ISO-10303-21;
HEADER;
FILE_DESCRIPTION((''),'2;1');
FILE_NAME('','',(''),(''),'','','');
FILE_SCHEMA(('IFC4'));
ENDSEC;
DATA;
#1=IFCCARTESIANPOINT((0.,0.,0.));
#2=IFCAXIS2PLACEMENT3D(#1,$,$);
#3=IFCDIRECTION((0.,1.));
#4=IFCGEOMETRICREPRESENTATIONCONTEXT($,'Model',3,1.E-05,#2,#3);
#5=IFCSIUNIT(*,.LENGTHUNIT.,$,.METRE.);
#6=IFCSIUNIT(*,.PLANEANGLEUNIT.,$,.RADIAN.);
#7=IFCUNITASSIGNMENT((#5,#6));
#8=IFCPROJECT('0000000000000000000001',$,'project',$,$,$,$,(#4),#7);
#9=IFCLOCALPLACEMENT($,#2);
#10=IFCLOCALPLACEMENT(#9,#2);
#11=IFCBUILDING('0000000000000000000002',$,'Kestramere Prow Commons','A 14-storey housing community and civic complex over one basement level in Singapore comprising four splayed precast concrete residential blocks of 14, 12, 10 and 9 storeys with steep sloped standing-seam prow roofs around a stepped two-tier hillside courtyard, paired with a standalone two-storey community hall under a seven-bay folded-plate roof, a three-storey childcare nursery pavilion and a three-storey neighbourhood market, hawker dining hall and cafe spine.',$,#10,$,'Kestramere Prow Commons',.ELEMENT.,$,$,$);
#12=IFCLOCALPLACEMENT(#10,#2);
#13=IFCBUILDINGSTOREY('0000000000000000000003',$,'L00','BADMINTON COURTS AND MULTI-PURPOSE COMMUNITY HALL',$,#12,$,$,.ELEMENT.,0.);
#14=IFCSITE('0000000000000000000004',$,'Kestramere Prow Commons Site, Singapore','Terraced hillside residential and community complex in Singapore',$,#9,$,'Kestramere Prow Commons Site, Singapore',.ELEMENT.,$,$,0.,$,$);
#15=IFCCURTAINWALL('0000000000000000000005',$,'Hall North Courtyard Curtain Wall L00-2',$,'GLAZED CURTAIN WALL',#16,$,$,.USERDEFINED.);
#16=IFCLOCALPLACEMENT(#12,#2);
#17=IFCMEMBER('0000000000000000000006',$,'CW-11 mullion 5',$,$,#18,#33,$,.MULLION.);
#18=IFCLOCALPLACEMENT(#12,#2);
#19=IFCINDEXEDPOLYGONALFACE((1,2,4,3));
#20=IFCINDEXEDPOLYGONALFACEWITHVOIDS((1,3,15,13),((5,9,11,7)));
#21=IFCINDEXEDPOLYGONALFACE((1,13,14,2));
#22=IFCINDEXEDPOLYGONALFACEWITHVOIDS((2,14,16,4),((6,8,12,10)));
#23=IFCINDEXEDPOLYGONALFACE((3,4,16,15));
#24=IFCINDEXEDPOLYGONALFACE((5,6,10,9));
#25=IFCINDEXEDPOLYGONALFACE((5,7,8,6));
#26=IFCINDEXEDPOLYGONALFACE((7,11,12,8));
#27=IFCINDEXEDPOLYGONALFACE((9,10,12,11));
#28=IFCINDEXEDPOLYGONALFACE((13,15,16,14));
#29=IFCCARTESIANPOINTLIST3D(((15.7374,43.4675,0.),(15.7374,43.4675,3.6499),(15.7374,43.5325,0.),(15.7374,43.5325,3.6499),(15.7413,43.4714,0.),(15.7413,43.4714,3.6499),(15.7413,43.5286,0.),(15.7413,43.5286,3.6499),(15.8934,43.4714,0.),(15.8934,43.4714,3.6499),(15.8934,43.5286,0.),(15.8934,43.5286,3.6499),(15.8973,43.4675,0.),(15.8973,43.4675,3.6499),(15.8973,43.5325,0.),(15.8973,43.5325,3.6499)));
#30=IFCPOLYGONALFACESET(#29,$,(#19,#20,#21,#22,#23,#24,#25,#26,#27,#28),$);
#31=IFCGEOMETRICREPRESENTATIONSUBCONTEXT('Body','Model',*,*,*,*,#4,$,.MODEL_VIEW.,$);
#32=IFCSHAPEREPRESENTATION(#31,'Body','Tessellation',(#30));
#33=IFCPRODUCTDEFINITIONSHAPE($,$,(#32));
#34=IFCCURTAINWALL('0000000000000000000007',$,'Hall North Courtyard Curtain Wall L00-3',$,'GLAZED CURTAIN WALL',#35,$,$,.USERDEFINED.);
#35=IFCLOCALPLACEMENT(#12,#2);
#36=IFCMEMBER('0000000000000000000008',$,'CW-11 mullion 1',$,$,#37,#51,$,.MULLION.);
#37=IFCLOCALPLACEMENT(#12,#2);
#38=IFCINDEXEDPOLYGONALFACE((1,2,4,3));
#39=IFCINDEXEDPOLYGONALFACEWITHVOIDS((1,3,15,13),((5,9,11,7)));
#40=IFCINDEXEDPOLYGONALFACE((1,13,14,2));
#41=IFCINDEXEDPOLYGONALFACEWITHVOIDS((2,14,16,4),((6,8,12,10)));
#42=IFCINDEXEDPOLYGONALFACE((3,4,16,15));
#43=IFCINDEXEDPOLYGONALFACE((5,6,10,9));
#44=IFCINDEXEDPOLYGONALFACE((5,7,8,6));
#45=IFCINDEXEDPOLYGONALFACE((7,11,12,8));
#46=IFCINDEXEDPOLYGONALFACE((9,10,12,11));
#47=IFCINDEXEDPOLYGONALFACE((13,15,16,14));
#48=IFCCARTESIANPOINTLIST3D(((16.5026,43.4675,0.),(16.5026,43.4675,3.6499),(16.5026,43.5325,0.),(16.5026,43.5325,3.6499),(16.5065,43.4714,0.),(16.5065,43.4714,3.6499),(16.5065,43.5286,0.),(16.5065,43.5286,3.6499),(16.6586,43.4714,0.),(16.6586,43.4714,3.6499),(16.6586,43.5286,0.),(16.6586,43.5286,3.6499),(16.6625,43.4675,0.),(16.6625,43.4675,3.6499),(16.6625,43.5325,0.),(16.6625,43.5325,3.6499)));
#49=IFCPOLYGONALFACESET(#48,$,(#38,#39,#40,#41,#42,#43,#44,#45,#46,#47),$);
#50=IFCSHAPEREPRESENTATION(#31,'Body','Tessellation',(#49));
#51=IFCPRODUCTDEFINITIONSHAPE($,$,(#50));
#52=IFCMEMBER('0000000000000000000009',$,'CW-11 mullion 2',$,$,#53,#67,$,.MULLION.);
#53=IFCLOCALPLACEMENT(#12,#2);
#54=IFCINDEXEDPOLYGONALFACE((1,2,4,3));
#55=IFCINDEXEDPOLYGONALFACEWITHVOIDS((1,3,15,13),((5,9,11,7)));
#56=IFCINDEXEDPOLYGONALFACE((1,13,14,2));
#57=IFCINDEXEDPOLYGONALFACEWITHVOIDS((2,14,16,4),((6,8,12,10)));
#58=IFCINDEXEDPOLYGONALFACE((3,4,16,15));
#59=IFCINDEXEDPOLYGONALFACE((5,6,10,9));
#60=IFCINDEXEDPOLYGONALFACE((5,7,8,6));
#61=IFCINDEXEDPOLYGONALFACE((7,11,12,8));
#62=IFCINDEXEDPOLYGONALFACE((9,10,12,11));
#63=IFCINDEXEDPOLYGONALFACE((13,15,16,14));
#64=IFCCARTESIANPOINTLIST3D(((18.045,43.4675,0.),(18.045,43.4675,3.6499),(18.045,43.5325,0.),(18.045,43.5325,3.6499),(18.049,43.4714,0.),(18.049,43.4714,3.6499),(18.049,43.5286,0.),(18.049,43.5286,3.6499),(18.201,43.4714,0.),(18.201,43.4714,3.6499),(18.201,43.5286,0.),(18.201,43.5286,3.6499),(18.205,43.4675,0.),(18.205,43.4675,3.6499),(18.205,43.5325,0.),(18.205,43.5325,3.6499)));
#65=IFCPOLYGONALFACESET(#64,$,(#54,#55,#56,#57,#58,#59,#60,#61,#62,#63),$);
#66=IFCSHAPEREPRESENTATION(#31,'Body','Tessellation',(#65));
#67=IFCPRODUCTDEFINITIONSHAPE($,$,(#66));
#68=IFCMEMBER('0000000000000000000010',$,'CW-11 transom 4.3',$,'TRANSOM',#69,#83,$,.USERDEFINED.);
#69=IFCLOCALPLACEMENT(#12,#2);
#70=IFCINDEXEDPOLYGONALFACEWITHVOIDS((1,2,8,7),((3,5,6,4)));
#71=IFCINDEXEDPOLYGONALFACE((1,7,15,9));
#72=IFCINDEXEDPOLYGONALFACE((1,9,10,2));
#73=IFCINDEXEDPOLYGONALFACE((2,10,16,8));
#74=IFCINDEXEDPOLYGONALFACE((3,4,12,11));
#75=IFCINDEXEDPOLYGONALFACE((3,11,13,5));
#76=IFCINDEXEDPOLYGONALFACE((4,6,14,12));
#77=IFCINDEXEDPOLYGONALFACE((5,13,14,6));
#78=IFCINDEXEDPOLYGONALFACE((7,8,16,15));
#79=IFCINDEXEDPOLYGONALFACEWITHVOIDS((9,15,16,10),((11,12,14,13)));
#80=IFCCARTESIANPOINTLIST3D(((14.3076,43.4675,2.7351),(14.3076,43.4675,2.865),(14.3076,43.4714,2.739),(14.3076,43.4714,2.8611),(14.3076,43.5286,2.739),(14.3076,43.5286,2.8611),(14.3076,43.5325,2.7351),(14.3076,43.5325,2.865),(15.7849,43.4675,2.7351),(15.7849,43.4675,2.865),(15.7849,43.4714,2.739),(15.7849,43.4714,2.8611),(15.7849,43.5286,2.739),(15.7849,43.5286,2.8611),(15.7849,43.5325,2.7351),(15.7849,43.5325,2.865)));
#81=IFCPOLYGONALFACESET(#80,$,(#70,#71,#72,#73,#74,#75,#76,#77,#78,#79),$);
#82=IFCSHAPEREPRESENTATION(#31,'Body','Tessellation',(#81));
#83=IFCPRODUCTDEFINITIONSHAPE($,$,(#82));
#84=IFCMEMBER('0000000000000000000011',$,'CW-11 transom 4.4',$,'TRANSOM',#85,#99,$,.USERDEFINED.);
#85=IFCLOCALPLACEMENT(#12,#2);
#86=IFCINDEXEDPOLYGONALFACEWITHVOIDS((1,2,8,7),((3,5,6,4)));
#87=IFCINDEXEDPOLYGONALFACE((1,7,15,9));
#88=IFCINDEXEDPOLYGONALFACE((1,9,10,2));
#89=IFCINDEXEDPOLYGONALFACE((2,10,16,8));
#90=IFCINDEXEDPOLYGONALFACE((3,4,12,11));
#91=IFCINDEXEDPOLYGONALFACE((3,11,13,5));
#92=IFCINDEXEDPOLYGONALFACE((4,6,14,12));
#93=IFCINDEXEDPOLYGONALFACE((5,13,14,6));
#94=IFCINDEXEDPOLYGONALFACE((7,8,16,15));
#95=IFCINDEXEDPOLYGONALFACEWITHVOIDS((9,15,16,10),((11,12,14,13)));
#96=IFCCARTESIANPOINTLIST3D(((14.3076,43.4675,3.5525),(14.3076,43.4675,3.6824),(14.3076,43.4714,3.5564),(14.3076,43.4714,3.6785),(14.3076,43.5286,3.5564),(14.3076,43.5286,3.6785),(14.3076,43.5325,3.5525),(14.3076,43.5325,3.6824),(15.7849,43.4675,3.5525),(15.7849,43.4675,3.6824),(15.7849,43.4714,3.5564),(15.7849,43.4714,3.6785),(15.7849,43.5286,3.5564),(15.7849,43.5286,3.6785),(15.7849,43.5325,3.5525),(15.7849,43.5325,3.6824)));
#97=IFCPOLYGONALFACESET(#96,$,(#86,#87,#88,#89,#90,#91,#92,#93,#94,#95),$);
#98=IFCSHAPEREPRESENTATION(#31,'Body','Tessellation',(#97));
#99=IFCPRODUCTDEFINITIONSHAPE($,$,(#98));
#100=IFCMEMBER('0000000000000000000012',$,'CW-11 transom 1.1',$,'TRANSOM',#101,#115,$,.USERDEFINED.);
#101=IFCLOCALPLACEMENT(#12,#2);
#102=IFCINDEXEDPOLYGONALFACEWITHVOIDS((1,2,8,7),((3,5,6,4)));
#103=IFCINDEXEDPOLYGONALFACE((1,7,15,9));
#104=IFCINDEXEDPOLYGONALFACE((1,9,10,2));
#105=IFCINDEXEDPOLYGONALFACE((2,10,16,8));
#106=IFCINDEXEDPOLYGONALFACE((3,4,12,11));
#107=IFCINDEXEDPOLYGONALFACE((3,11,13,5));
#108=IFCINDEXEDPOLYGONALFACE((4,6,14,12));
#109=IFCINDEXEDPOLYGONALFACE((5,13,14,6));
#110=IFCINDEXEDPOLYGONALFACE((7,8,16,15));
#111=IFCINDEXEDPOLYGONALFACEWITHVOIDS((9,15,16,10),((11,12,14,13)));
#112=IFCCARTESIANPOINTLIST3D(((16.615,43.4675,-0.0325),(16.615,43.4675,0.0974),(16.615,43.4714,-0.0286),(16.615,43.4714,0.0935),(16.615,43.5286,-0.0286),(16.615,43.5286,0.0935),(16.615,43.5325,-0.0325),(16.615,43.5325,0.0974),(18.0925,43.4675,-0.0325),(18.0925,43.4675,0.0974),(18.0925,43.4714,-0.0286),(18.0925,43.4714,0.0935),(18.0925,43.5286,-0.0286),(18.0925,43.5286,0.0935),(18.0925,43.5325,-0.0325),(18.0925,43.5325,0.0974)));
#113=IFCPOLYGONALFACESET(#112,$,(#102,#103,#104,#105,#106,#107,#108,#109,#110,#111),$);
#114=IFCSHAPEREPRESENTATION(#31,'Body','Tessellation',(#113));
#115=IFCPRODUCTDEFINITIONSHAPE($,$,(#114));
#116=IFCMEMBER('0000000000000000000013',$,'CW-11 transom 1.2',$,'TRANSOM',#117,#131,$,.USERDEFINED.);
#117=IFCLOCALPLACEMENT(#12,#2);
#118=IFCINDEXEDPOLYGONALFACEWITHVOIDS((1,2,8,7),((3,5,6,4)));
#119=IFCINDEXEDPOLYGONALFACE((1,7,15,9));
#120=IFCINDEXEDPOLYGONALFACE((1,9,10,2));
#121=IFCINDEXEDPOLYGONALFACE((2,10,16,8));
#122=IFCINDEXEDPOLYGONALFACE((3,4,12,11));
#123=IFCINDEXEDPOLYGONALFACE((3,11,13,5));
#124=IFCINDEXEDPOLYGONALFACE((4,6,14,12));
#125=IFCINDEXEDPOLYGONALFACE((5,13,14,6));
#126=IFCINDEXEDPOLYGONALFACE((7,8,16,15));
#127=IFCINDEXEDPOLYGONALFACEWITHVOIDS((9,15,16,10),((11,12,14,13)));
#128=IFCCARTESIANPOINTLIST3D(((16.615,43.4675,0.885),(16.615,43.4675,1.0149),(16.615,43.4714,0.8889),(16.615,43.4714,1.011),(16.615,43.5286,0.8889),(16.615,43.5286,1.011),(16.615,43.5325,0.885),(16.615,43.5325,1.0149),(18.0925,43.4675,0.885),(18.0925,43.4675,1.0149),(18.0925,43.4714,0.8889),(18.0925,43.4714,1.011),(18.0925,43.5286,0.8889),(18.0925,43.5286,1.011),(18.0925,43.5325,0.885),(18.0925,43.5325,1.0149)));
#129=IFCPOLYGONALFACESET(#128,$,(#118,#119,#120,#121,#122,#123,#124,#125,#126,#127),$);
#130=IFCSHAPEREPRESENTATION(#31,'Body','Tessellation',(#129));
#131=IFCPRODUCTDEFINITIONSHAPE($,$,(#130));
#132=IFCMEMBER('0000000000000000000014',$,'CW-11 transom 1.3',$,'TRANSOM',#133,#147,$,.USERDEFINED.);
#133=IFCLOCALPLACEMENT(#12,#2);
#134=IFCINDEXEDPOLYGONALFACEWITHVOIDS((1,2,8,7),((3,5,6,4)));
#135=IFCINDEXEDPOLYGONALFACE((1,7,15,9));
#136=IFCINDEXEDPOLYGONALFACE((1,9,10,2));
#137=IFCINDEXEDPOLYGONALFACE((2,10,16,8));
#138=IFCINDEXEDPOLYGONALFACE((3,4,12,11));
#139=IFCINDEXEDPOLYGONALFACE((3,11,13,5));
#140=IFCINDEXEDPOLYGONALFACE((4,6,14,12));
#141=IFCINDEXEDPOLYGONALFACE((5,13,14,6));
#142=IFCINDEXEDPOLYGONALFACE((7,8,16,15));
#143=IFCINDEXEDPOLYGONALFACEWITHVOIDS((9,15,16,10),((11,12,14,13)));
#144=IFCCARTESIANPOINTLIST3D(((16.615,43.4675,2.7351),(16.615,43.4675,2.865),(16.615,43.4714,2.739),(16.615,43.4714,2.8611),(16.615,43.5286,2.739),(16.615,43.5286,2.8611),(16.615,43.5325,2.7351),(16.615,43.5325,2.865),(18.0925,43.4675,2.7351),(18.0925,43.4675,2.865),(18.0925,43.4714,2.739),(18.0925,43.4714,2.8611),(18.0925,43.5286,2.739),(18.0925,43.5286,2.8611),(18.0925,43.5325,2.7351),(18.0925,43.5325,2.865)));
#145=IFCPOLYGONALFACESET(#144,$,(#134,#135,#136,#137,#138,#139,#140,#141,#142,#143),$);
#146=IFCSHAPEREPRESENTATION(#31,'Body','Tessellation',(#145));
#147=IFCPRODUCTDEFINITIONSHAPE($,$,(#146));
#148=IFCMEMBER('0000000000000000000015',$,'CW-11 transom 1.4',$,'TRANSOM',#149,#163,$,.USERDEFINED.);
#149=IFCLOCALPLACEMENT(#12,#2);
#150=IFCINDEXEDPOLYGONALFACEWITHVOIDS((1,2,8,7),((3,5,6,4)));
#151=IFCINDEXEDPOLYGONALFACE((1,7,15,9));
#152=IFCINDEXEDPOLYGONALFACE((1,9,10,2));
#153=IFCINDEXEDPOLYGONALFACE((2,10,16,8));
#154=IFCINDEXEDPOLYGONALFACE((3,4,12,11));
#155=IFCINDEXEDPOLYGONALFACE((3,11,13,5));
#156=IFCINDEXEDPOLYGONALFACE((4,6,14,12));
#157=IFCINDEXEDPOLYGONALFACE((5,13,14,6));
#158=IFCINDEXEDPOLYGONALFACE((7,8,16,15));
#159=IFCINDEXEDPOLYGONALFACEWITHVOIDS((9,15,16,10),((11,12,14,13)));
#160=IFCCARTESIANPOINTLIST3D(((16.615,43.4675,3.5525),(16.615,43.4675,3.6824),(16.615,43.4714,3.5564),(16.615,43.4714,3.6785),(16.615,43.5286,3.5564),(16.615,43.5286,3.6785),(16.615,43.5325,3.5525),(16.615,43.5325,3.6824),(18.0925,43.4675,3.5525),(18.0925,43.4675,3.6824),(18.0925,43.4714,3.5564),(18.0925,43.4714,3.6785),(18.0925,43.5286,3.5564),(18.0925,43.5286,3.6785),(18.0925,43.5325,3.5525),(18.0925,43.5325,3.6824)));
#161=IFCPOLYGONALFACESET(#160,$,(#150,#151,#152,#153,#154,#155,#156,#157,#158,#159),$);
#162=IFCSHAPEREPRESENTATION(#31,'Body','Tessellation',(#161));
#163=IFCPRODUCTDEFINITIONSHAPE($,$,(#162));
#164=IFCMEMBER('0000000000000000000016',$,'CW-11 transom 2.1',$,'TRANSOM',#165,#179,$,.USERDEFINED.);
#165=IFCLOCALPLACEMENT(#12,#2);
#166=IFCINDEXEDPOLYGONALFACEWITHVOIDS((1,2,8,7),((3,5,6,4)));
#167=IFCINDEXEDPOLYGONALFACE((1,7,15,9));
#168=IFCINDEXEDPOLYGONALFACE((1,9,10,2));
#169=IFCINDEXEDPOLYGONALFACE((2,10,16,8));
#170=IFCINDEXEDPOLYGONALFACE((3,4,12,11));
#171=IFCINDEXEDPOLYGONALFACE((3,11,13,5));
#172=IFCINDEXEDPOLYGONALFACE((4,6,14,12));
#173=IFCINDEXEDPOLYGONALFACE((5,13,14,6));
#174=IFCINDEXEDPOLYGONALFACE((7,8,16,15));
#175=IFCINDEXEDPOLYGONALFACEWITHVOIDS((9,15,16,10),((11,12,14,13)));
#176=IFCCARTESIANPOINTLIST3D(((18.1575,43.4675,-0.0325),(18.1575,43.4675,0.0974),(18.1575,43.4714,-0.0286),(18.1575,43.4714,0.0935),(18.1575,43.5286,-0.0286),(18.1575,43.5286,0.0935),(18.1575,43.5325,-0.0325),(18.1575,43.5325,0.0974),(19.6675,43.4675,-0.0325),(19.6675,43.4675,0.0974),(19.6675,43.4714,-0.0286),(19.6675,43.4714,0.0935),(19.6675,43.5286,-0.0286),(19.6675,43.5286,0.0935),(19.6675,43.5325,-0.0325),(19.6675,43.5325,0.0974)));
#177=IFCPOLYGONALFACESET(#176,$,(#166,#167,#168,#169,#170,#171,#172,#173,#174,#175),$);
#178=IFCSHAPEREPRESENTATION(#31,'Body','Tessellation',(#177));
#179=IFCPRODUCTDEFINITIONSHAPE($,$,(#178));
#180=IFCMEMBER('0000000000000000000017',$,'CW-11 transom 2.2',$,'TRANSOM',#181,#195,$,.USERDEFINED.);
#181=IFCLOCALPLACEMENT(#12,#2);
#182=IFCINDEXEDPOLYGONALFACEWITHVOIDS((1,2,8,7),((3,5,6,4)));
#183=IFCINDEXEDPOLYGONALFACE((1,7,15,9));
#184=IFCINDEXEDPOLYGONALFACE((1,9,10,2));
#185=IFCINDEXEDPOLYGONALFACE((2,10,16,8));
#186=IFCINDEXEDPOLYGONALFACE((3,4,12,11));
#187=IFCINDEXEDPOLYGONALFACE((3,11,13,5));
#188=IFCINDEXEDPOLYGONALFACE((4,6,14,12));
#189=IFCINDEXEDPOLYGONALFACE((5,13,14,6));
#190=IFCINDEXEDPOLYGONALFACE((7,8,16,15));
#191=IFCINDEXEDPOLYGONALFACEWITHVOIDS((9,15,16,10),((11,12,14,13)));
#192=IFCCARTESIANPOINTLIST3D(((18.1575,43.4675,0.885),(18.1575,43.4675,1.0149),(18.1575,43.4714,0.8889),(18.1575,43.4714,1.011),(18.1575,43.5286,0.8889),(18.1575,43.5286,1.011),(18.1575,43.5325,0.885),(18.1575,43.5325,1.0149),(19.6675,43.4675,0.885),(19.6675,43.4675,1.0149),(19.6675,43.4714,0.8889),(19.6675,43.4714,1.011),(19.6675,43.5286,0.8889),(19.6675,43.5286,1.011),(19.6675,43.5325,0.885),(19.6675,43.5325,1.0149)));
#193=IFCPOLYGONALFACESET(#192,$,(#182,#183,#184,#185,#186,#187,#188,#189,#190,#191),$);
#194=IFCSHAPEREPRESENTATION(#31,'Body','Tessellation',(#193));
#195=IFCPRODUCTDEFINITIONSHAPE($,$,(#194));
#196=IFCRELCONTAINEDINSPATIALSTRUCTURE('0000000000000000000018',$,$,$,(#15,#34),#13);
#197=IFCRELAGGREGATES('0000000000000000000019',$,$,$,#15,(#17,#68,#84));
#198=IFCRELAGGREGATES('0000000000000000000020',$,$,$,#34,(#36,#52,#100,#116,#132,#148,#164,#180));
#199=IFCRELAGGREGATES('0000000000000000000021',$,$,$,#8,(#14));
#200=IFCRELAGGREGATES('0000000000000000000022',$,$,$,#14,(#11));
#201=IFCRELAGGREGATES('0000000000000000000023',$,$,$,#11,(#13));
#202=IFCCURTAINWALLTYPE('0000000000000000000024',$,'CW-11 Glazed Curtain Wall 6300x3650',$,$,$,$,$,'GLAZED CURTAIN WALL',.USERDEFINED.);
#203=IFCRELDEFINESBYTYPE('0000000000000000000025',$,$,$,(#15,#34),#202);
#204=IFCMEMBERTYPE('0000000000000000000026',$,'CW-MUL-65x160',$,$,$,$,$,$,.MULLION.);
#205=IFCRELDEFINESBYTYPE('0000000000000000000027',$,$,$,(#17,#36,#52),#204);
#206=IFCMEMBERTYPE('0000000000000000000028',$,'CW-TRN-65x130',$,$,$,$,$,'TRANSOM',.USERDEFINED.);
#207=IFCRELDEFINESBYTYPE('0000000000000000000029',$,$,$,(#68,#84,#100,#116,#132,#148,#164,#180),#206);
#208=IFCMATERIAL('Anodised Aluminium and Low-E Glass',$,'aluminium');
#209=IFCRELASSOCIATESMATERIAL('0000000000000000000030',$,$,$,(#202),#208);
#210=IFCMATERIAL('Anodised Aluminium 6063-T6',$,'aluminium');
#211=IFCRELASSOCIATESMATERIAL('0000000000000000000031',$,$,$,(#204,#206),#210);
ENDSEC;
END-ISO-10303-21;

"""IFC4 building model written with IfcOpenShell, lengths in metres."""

from ifc_helpers import new_model, si_unit, direction, frame, origin, origin_2d, place, context, subcontext, project, spatial, hollow_rectangle, extrude, material, material_profile, profile_set, type_object, element, aggregate, save


model = new_model("IFC4")

# Units and contexts
model_context = context("Model", 3, precision=1e-05, world=origin(), true_north=direction((0.0, 1.0)))
body_context = subcontext(model_context, "Body", "Model", "MODEL_VIEW")
ifc_project = project(units=[si_unit("LENGTHUNIT", "METRE"), si_unit("PLANEANGLEUNIT", "RADIAN")], contexts=[model_context])

# Site, building, storey
site_placement = place(None, origin())
site = spatial("IfcSite", under=ifc_project, at=site_placement, Name="Kestramere Prow Commons Site, Singapore", Description="Terraced hillside residential and community complex in Singapore", LongName="Kestramere Prow Commons Site, Singapore", CompositionType="ELEMENT", RefElevation=0.0)
building_placement = place(site_placement, origin())
building = spatial("IfcBuilding", under=site, at=building_placement, Name="Kestramere Prow Commons", Description="A 14-storey housing community and civic complex over one basement level in Singapore comprising four splayed precast concrete residential blocks of 14, 12, 10 and 9 storeys with steep sloped standing-seam prow roofs around a stepped two-tier hillside courtyard, paired with a standalone two-storey community hall under a seven-bay folded-plate roof, a three-storey childcare nursery pavilion and a three-storey neighbourhood market, hawker dining hall and cafe spine.", LongName="Kestramere Prow Commons", CompositionType="ELEMENT")
storey_placement = place(building_placement, origin())
storey = spatial("IfcBuildingStorey", under=building, at=storey_placement, Name="L00", Description="BADMINTON COURTS AND MULTI-PURPOSE COMMUNITY HALL", CompositionType="ELEMENT", Elevation=0.0)

# Curtain wall, member
ifc_material_1 = material(Name="Anodised Aluminium and Low-E Glass", Category="aluminium")
curtain_wall_type = type_object("IfcCurtainWallType", Name="CW-11 Glazed Curtain Wall 6300x3650", ElementType="GLAZED CURTAIN WALL", PredefinedType="USERDEFINED", material=ifc_material_1)
curtain_wall_1_placement = place(storey_placement, origin())
curtain_wall_1 = element("IfcCurtainWall", 1, at=curtain_wall_1_placement, inside=storey, type_object=curtain_wall_type, Name="Hall North Courtyard Curtain Wall L00-2", ObjectType="GLAZED CURTAIN WALL", PredefinedType="USERDEFINED")
ifc_material_2 = material(Name="Anodised Aluminium 6063-T6", Category="aluminium")
ifc_material_profile_1 = material_profile(ifc_material_2, hollow_rectangle(XDim=0.0649, YDim=0.1599, WallThickness=0.0039, at=origin_2d()), Name="ALU-MUL 65x160")
ifc_profile_set_1 = profile_set([ifc_material_profile_1], Name="Anodised Aluminium 6063-T6")
member_type_1 = type_object("IfcMemberType", Name="CW-MUL-65x160", PredefinedType="MULLION", material=ifc_profile_set_1)
member_1_placement = place(storey_placement, frame((15.8174, 43.5, 0.0), z_axis=(0.0, 0.0, 1.0), x_axis=(0.0, 1.0, 0.0)))
member_1 = element("IfcMember", 2, at=member_1_placement, type_object=member_type_1, Name="CW-11 mullion 5", PredefinedType="MULLION", context=body_context, shape_type="SweptSolid", body=[
    extrude(hollow_rectangle(XDim=0.0649, YDim=0.1599, WallThickness=0.0039, at=origin_2d()), origin(), (0.0, 0.0, 1.0), 3.6499),
])

# Curtain wall, members
curtain_wall_2_placement = place(storey_placement, origin())
curtain_wall_2 = element("IfcCurtainWall", 3, at=curtain_wall_2_placement, inside=storey, type_object=curtain_wall_type, Name="Hall North Courtyard Curtain Wall L00-3", ObjectType="GLAZED CURTAIN WALL", PredefinedType="USERDEFINED")
member_2_placement = place(storey_placement, frame((16.5825, 43.5, 0.0), z_axis=(0.0, 0.0, 1.0), x_axis=(0.0, 1.0, 0.0)))
member_2 = element("IfcMember", 4, at=member_2_placement, type_object=member_type_1, Name="CW-11 mullion 1", PredefinedType="MULLION", context=body_context, shape_type="SweptSolid", body=[
    extrude(hollow_rectangle(XDim=0.0649, YDim=0.1599, WallThickness=0.0039, at=origin_2d()), origin(), (0.0, 0.0, 1.0), 3.6499),
])
member_3_placement = place(storey_placement, frame((18.125, 43.5, 0.0), z_axis=(0.0, 0.0, 1.0), x_axis=(0.0, 1.0, 0.0)))
member_3 = element("IfcMember", 5, at=member_3_placement, type_object=member_type_1, Name="CW-11 mullion 2", PredefinedType="MULLION", context=body_context, shape_type="SweptSolid", body=[
    extrude(hollow_rectangle(XDim=0.0649, YDim=0.1599, WallThickness=0.0039, at=origin_2d()), origin(), (0.0, 0.0, 1.0), 3.6499),
])

# Members
ifc_material_profile_2 = material_profile(ifc_material_2, hollow_rectangle(XDim=0.0649, YDim=0.1299, WallThickness=0.0039, at=origin_2d()), Name="ALU-TRN 65x130")
ifc_profile_set_2 = profile_set([ifc_material_profile_2], Name="Anodised Aluminium 6063-T6")
member_type_2 = type_object("IfcMemberType", Name="CW-TRN-65x130", ElementType="TRANSOM", PredefinedType="USERDEFINED", material=ifc_profile_set_2)
member_4_placement = place(storey_placement, frame((14.3076, 43.5, 2.8), z_axis=(1.0, 0.0, 0.0), x_axis=(0.0, 1.0, 0.0)))
member_4 = element("IfcMember", 6, at=member_4_placement, type_object=member_type_2, Name="CW-11 transom 4.3", ObjectType="TRANSOM", PredefinedType="USERDEFINED", context=body_context, shape_type="SweptSolid", body=[
    extrude(hollow_rectangle(XDim=0.0649, YDim=0.1299, WallThickness=0.0039, at=origin_2d()), origin(), (0.0, 0.0, 1.0), 1.4773),
])
member_5_placement = place(storey_placement, frame((14.3076, 43.5, 3.6174), z_axis=(1.0, 0.0, 0.0), x_axis=(0.0, 1.0, 0.0)))
member_5 = element("IfcMember", 7, at=member_5_placement, type_object=member_type_2, Name="CW-11 transom 4.4", ObjectType="TRANSOM", PredefinedType="USERDEFINED", context=body_context, shape_type="SweptSolid", body=[
    extrude(hollow_rectangle(XDim=0.0649, YDim=0.1299, WallThickness=0.0039, at=origin_2d()), origin(), (0.0, 0.0, 1.0), 1.4773),
])
member_6_placement = place(storey_placement, frame((16.615, 43.5, 0.0325), z_axis=(1.0, 0.0, 0.0), x_axis=(0.0, 1.0, 0.0)))
member_6 = element("IfcMember", 8, at=member_6_placement, type_object=member_type_2, Name="CW-11 transom 1.1", ObjectType="TRANSOM", PredefinedType="USERDEFINED", context=body_context, shape_type="SweptSolid", body=[
    extrude(hollow_rectangle(XDim=0.0649, YDim=0.1299, WallThickness=0.0039, at=origin_2d()), origin(), (0.0, 0.0, 1.0), 1.4775),
])
member_7_placement = place(storey_placement, frame((16.615, 43.5, 0.95), z_axis=(1.0, 0.0, 0.0), x_axis=(0.0, 1.0, 0.0)))
member_7 = element("IfcMember", 9, at=member_7_placement, type_object=member_type_2, Name="CW-11 transom 1.2", ObjectType="TRANSOM", PredefinedType="USERDEFINED", context=body_context, shape_type="SweptSolid", body=[
    extrude(hollow_rectangle(XDim=0.0649, YDim=0.1299, WallThickness=0.0039, at=origin_2d()), origin(), (0.0, 0.0, 1.0), 1.4775),
])
member_8_placement = place(storey_placement, frame((16.615, 43.5, 2.8), z_axis=(1.0, 0.0, 0.0), x_axis=(0.0, 1.0, 0.0)))
member_8 = element("IfcMember", 10, at=member_8_placement, type_object=member_type_2, Name="CW-11 transom 1.3", ObjectType="TRANSOM", PredefinedType="USERDEFINED", context=body_context, shape_type="SweptSolid", body=[
    extrude(hollow_rectangle(XDim=0.0649, YDim=0.1299, WallThickness=0.0039, at=origin_2d()), origin(), (0.0, 0.0, 1.0), 1.4775),
])
member_9_placement = place(storey_placement, frame((16.615, 43.5, 3.6174), z_axis=(1.0, 0.0, 0.0), x_axis=(0.0, 1.0, 0.0)))
member_9 = element("IfcMember", 11, at=member_9_placement, type_object=member_type_2, Name="CW-11 transom 1.4", ObjectType="TRANSOM", PredefinedType="USERDEFINED", context=body_context, shape_type="SweptSolid", body=[
    extrude(hollow_rectangle(XDim=0.0649, YDim=0.1299, WallThickness=0.0039, at=origin_2d()), origin(), (0.0, 0.0, 1.0), 1.4775),
])
member_10_placement = place(storey_placement, frame((18.1575, 43.5, 0.0325), z_axis=(1.0, 0.0, 0.0), x_axis=(0.0, 1.0, 0.0)))
member_10 = element("IfcMember", 12, at=member_10_placement, type_object=member_type_2, Name="CW-11 transom 2.1", ObjectType="TRANSOM", PredefinedType="USERDEFINED", context=body_context, shape_type="SweptSolid", body=[
    extrude(hollow_rectangle(XDim=0.0649, YDim=0.1299, WallThickness=0.0039, at=origin_2d()), origin(), (0.0, 0.0, 1.0), 1.51),
])
member_11_placement = place(storey_placement, frame((18.1575, 43.5, 0.95), z_axis=(1.0, 0.0, 0.0), x_axis=(0.0, 1.0, 0.0)))
member_11 = element("IfcMember", 13, at=member_11_placement, type_object=member_type_2, Name="CW-11 transom 2.2", ObjectType="TRANSOM", PredefinedType="USERDEFINED", context=body_context, shape_type="SweptSolid", body=[
    extrude(hollow_rectangle(XDim=0.0649, YDim=0.1299, WallThickness=0.0039, at=origin_2d()), origin(), (0.0, 0.0, 1.0), 1.51),
])

aggregate(curtain_wall_1, [member_1, member_4, member_5])
aggregate(curtain_wall_2, [member_2, member_3, member_6, member_7, member_8, member_9, member_10, member_11])

save(model, "model.ifc")
